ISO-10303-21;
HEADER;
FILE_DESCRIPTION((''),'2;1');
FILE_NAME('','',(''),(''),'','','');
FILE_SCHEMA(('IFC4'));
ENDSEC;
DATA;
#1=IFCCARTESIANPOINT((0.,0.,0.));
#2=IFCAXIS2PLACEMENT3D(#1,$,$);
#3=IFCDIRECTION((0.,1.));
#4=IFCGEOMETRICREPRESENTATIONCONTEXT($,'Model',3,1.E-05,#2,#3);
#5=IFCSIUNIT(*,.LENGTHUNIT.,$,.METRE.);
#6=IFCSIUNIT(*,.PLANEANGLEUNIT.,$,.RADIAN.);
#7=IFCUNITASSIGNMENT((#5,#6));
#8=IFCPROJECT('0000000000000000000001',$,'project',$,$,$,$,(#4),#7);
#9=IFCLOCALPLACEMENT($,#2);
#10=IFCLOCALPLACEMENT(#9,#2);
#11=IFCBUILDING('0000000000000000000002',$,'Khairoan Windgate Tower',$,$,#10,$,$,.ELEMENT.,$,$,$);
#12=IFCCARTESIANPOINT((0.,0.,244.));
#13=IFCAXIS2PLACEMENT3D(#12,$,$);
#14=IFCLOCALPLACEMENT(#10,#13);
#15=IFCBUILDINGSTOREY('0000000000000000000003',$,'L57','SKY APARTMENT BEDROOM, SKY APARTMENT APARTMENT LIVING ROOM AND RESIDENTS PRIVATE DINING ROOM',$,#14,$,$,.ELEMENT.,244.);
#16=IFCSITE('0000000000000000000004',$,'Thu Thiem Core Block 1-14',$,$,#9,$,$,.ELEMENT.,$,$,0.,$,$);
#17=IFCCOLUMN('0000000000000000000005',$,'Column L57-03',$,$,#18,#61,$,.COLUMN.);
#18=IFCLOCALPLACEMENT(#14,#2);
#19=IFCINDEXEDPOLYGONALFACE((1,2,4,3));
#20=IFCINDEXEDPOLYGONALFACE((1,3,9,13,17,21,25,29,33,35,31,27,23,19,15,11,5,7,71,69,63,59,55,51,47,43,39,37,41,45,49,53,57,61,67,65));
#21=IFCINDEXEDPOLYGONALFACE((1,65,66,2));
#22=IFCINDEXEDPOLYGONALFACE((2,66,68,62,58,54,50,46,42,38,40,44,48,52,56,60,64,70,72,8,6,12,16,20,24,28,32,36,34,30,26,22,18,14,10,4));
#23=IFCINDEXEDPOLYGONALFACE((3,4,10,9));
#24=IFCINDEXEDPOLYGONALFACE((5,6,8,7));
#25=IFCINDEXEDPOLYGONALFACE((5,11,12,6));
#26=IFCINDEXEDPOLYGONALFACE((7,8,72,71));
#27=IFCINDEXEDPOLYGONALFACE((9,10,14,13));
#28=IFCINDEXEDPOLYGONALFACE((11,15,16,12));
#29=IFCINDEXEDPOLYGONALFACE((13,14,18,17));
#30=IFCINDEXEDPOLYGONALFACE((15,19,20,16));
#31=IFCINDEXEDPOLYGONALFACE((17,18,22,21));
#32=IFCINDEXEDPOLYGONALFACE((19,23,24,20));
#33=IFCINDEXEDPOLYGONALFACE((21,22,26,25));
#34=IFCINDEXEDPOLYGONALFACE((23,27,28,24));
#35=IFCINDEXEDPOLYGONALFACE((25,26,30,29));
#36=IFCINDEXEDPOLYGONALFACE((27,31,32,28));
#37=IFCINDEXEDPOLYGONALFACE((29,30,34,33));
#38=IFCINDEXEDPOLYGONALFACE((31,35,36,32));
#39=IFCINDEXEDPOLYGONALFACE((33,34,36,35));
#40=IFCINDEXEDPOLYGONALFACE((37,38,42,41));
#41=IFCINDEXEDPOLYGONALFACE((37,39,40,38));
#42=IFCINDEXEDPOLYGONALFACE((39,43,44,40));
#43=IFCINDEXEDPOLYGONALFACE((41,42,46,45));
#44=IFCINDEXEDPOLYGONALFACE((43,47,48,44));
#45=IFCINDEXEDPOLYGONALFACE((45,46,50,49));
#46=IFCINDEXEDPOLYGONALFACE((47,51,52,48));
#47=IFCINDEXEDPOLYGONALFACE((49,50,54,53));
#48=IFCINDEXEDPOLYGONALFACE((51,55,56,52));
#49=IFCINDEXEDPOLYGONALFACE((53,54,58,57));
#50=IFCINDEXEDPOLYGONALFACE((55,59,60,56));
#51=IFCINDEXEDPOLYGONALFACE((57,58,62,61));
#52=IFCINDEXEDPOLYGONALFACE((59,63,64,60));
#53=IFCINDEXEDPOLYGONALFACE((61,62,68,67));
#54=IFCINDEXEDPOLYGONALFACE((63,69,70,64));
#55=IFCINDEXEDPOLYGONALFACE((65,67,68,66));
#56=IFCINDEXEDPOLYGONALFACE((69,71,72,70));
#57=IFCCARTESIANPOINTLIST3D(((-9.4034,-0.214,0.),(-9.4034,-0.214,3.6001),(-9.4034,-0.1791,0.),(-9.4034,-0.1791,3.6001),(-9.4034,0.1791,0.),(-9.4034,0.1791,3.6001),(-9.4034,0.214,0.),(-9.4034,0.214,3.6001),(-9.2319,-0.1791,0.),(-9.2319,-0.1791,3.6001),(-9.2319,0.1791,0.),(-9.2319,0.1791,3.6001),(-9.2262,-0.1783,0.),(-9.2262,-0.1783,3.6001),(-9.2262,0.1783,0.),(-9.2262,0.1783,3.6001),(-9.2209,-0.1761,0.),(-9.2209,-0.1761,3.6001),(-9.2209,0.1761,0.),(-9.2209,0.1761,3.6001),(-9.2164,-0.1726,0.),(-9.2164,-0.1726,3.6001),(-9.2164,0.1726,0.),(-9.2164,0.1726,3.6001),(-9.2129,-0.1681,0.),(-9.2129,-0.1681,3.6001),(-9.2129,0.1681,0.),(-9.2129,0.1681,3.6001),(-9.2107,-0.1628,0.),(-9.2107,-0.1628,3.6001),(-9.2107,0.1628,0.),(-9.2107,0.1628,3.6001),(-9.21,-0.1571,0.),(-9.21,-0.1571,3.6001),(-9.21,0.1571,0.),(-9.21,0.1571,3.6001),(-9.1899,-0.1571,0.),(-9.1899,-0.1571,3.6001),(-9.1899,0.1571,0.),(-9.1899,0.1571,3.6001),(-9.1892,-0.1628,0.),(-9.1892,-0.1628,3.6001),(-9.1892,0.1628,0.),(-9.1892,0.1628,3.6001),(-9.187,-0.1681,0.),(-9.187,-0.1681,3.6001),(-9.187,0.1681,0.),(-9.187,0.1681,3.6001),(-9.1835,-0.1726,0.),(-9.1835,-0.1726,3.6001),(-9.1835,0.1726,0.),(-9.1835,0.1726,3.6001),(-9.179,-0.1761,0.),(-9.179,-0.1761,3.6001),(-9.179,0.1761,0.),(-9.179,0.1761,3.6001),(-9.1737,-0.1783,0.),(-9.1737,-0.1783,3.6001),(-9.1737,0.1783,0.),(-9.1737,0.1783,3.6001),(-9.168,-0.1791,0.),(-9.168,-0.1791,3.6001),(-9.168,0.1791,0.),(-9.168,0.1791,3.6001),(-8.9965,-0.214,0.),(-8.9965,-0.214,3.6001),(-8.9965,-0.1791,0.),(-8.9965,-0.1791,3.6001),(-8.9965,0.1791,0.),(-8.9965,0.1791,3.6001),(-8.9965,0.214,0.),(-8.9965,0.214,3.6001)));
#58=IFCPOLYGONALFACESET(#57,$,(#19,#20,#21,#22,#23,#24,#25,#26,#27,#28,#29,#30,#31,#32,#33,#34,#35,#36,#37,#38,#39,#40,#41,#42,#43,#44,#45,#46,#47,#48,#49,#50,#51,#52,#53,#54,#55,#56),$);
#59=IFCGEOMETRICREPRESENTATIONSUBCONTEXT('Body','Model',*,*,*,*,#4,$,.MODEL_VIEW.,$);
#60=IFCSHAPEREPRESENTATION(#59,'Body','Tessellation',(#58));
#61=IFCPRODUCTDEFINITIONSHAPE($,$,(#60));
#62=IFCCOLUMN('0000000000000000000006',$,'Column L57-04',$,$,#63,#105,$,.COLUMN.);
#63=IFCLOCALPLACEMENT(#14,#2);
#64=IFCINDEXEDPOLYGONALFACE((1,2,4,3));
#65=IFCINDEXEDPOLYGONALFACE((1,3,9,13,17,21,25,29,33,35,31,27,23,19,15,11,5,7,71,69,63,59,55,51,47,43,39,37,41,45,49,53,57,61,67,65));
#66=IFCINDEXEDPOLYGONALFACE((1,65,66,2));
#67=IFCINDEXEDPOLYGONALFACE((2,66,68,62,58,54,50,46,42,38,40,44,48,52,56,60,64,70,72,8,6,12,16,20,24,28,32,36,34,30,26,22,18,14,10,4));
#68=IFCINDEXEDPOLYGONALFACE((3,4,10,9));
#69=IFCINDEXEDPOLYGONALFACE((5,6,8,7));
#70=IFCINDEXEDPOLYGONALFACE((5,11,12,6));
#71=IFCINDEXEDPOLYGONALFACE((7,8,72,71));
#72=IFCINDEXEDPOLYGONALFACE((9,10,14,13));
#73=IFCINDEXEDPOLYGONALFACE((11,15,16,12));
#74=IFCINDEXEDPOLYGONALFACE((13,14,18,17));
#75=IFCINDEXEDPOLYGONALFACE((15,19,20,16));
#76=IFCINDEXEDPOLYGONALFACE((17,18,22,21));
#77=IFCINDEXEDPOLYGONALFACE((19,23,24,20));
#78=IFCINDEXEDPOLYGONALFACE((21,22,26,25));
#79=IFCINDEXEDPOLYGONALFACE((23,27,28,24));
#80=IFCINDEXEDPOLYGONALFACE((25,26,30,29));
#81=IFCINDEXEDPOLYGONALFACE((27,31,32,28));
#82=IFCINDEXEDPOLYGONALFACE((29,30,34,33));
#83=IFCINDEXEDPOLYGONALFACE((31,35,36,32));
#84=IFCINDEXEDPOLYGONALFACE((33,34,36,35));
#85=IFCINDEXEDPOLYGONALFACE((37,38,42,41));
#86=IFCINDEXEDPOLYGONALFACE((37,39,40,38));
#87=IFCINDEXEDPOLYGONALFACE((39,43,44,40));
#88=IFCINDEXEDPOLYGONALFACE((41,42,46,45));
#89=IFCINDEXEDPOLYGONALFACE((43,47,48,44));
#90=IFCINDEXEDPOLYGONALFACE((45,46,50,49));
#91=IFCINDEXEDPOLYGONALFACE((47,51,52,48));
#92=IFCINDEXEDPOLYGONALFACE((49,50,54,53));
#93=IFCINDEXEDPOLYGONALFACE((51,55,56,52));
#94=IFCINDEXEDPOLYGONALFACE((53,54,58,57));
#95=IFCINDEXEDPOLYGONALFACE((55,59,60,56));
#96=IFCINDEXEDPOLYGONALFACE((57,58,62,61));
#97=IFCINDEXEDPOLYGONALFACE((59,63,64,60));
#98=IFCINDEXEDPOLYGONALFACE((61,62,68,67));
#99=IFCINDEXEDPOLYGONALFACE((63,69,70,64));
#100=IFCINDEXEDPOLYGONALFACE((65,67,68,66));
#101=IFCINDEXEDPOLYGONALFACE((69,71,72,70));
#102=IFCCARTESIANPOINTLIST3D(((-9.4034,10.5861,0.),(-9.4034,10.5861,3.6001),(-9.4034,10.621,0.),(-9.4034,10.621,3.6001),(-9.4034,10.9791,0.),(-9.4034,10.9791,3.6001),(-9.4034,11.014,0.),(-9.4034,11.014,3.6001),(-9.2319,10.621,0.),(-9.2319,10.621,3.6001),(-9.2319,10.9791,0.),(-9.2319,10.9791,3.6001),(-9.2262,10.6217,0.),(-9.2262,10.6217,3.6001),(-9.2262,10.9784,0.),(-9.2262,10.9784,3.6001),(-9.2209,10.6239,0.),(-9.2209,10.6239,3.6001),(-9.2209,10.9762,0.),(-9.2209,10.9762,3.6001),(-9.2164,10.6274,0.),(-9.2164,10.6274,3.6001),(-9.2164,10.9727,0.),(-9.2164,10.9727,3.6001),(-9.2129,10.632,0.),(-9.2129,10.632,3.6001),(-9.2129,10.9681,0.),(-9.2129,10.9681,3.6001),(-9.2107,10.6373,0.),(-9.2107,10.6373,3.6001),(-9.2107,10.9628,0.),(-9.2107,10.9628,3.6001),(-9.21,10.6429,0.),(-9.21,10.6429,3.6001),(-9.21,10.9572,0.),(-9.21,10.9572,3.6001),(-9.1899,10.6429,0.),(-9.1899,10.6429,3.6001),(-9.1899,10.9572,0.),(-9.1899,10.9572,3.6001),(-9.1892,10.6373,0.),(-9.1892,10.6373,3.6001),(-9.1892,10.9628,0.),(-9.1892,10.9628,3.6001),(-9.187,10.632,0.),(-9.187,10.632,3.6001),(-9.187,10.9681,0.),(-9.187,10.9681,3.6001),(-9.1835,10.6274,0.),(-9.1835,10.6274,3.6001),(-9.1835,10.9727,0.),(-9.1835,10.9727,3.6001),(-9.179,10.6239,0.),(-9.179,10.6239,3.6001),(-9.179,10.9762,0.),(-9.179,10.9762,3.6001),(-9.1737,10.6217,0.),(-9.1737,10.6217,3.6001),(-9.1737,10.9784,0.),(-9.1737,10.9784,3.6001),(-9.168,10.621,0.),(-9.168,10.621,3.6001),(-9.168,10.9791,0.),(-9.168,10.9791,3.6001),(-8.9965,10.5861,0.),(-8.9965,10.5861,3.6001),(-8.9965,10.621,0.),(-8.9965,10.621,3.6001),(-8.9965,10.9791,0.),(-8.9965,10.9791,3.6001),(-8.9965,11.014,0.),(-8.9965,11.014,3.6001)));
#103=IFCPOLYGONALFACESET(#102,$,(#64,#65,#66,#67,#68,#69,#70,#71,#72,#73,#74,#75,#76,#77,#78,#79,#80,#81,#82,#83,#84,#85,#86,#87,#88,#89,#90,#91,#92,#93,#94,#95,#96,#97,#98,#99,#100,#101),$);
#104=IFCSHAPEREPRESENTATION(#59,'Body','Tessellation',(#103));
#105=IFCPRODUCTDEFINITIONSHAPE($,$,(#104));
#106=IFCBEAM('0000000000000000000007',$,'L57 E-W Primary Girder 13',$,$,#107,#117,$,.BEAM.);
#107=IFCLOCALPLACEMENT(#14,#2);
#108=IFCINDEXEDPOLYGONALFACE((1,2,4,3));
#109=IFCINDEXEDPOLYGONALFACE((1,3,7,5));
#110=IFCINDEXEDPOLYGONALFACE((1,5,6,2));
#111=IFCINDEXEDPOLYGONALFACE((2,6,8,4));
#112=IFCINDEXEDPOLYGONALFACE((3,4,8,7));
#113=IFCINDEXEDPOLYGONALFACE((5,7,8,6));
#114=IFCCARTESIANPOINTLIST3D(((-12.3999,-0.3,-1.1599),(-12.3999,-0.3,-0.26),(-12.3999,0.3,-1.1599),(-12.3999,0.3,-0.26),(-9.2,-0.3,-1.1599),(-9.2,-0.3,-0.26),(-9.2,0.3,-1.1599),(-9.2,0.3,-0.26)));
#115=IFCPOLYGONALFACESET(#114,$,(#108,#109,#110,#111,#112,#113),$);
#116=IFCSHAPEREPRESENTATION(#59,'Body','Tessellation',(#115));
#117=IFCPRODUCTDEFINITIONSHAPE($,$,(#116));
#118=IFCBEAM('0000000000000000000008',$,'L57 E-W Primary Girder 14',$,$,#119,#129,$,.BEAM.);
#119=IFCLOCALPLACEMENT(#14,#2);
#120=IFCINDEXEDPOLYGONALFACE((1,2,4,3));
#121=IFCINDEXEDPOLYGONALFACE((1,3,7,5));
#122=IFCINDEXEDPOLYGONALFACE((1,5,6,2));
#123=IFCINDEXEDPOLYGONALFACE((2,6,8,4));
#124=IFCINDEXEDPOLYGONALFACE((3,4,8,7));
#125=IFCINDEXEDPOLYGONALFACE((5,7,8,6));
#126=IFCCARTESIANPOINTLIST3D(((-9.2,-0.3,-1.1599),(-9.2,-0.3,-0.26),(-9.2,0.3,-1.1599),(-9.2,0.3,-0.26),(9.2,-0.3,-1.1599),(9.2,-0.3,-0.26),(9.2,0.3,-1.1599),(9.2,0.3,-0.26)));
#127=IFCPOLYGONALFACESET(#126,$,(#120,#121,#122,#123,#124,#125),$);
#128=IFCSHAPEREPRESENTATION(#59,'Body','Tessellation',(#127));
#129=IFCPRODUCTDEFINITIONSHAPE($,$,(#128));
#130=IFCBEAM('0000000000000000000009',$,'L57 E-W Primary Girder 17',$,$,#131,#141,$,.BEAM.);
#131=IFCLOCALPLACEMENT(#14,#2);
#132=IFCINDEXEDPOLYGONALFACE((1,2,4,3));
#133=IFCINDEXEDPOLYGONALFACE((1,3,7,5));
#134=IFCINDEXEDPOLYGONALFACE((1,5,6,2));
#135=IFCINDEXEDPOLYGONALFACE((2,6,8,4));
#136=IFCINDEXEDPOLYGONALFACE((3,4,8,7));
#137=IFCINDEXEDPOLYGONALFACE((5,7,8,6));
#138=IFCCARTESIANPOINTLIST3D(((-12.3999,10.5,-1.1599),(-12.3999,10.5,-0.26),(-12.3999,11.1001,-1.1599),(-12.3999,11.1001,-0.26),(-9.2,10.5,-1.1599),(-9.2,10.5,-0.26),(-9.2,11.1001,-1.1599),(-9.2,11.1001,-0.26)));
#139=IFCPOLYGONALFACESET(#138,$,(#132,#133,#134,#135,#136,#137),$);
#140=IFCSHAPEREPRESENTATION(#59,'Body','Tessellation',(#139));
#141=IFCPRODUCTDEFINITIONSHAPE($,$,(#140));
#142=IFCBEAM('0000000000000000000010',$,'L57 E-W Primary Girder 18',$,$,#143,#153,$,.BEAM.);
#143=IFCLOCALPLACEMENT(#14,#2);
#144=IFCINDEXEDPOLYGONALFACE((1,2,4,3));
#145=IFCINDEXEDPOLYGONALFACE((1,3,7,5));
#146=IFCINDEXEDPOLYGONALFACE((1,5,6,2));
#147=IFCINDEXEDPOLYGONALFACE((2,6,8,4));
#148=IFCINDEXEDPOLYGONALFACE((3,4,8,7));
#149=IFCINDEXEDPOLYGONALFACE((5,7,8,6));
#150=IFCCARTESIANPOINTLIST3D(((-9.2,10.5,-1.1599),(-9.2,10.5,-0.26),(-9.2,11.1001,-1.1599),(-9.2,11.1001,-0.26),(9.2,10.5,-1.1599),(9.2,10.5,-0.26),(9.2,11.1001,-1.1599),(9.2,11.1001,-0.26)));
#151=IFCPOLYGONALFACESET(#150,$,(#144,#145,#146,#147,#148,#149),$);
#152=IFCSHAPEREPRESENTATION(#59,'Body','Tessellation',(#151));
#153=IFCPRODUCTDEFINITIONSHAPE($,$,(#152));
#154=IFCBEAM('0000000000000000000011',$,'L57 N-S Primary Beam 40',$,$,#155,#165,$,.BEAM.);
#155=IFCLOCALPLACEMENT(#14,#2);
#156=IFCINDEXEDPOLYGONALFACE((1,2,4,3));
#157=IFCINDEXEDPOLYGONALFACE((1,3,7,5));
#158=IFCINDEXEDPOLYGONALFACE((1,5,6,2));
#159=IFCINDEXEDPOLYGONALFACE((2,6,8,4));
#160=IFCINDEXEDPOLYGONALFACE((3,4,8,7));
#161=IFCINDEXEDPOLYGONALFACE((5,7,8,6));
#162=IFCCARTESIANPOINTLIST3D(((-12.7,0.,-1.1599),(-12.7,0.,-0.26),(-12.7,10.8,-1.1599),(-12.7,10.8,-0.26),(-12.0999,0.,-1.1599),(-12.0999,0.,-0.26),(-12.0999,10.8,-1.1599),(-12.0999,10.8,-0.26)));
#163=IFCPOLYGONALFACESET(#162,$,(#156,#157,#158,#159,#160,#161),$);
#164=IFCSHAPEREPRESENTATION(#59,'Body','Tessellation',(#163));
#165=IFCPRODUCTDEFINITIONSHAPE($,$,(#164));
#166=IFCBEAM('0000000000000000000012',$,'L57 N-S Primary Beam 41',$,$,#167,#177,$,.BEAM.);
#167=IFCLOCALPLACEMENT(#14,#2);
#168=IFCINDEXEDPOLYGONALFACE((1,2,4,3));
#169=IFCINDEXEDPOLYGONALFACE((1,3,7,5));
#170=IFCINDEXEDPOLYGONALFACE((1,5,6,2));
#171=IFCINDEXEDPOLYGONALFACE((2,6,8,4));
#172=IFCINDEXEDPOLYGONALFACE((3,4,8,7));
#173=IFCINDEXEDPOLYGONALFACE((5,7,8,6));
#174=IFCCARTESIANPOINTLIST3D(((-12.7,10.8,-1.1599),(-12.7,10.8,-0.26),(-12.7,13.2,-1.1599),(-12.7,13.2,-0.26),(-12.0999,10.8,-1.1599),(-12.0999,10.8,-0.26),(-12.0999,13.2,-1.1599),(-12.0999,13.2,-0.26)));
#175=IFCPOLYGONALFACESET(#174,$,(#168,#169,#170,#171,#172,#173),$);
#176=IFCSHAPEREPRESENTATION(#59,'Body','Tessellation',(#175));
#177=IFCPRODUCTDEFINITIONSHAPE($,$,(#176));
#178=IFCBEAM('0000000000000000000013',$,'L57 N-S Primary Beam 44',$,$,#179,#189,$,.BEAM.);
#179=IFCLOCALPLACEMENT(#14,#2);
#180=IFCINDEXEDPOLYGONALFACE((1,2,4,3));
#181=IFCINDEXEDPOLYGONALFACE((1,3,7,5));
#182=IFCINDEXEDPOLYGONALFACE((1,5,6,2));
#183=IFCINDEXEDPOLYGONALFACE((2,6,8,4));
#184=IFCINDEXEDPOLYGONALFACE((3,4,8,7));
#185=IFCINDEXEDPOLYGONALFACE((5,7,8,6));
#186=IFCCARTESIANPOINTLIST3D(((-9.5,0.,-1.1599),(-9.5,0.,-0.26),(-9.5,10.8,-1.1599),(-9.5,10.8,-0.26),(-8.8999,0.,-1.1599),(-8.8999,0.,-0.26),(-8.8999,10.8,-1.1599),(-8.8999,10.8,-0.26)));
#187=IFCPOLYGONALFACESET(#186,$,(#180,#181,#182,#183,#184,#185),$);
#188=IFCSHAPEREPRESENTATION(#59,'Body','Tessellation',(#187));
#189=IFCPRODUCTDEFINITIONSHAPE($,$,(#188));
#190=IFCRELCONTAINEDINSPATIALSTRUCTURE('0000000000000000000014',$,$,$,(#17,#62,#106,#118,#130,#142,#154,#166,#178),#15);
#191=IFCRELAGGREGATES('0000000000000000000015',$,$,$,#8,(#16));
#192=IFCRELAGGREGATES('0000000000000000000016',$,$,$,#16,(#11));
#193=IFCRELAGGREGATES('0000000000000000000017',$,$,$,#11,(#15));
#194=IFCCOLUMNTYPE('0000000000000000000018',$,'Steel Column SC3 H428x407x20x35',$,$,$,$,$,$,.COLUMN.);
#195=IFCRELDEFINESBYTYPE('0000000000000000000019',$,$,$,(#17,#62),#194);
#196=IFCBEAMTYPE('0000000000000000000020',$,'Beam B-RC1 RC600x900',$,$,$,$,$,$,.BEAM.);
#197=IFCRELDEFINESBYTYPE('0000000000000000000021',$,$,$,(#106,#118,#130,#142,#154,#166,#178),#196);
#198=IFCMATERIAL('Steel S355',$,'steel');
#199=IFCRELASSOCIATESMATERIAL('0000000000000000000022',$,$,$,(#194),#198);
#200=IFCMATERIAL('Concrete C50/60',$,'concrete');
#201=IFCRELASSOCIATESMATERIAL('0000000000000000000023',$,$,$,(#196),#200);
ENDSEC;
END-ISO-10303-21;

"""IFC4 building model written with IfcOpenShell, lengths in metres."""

from ifc_helpers import new_model, si_unit, direction, frame, origin, origin_2d, place, context, subcontext, project, spatial, rectangle, i_section, extrude, material, material_profile, profile_set, type_object, element, save


model = new_model("IFC4")

# Units and contexts
model_context = context("Model", 3, precision=1e-05, world=origin(), true_north=direction((0.0, 1.0)))
body_context = subcontext(model_context, "Body", "Model", "MODEL_VIEW")
ifc_project = project(units=[si_unit("LENGTHUNIT", "METRE"), si_unit("PLANEANGLEUNIT", "RADIAN")], contexts=[model_context])

# Site, building, storey
site_placement = place(None, origin())
site = spatial("IfcSite", under=ifc_project, at=site_placement, Name="Thu Thiem Core Block 1-14", CompositionType="ELEMENT", RefElevation=0.0)
building_placement = place(site_placement, origin())
building = spatial("IfcBuilding", under=site, at=building_placement, Name="Khairoan Windgate Tower", CompositionType="ELEMENT")
storey_placement = place(building_placement, frame((0.0, 0.0, 244.0)))
storey = spatial("IfcBuildingStorey", under=building, at=storey_placement, Name="L57", Description="SKY APARTMENT BEDROOM, SKY APARTMENT APARTMENT LIVING ROOM AND RESIDENTS PRIVATE DINING ROOM", CompositionType="ELEMENT", Elevation=244.0)

# Columns
ifc_material_1 = material(Name="Steel S355", Category="steel")
ifc_material_profile_1 = material_profile(ifc_material_1, i_section(OverallWidth=0.407, OverallDepth=0.428, WebThickness=0.02, FlangeThickness=0.0349, FilletRadius=0.022, at=origin_2d()))
ifc_profile_set_1 = profile_set([ifc_material_profile_1], Name="Steel S355")
column_type = type_object("IfcColumnType", Name="Steel Column SC3 H428x407x20x35", PredefinedType="COLUMN", material=ifc_profile_set_1)
for number, where, z_axis, x_axis, name in (
    (1, (-9.2, 0.0, 0.0), (0.0, 0.0, 1.0), (1.0, 0.0, 0.0), "Column L57-03"),
    (2, (-9.2, 10.8, 0.0), (0.0, 0.0, 1.0), (1.0, 0.0, 0.0), "Column L57-04"),
):
    element("IfcColumn", number, at=place(storey_placement, frame(where, z_axis=z_axis, x_axis=x_axis)), inside=storey, type_object=column_type, Name=name, PredefinedType="COLUMN", context=body_context, shape_type="SweptSolid", body=[
        extrude(i_section(OverallWidth=0.407, OverallDepth=0.428, WebThickness=0.02, FlangeThickness=0.0349, FilletRadius=0.022, at=origin_2d()), origin(), (0.0, 0.0, 1.0), 3.6001),
    ])

# Beams
ifc_material_2 = material(Name="Concrete C50/60", Category="concrete")
ifc_material_profile_2 = material_profile(ifc_material_2, rectangle(XDim=0.6001, YDim=0.8999, at=origin_2d()))
ifc_profile_set_2 = profile_set([ifc_material_profile_2], Name="Concrete C50/60")
beam_type = type_object("IfcBeamType", Name="Beam B-RC1 RC600x900", PredefinedType="BEAM", material=ifc_profile_set_2)
beam_1_placement = place(storey_placement, frame((-12.3999, 0.0, -0.71), z_axis=(1.0, 0.0, 0.0), x_axis=(0.0, 1.0, 0.0)))
element("IfcBeam", 3, at=beam_1_placement, inside=storey, type_object=beam_type, Name="L57 E-W Primary Girder 13", PredefinedType="BEAM", context=body_context, shape_type="SweptSolid", body=[
    extrude(rectangle(XDim=0.6001, YDim=0.8999, at=origin_2d()), origin(), (0.0, 0.0, 1.0), 3.2),
])
beam_2_placement = place(storey_placement, frame((-9.2, 0.0, -0.71), z_axis=(1.0, 0.0, 0.0), x_axis=(0.0, 1.0, 0.0)))
element("IfcBeam", 4, at=beam_2_placement, inside=storey, type_object=beam_type, Name="L57 E-W Primary Girder 14", PredefinedType="BEAM", context=body_context, shape_type="SweptSolid", body=[
    extrude(rectangle(XDim=0.6001, YDim=0.8999, at=origin_2d()), origin(), (0.0, 0.0, 1.0), 18.3999),
])
beam_3_placement = place(storey_placement, frame((-12.3999, 10.8, -0.71), z_axis=(1.0, 0.0, 0.0), x_axis=(0.0, 1.0, 0.0)))
element("IfcBeam", 5, at=beam_3_placement, inside=storey, type_object=beam_type, Name="L57 E-W Primary Girder 17", PredefinedType="BEAM", context=body_context, shape_type="SweptSolid", body=[
    extrude(rectangle(XDim=0.6001, YDim=0.8999, at=origin_2d()), origin(), (0.0, 0.0, 1.0), 3.2),
])
beam_4_placement = place(storey_placement, frame((-9.2, 10.8, -0.71), z_axis=(1.0, 0.0, 0.0), x_axis=(0.0, 1.0, 0.0)))
element("IfcBeam", 6, at=beam_4_placement, inside=storey, type_object=beam_type, Name="L57 E-W Primary Girder 18", PredefinedType="BEAM", context=body_context, shape_type="SweptSolid", body=[
    extrude(rectangle(XDim=0.6001, YDim=0.8999, at=origin_2d()), origin(), (0.0, 0.0, 1.0), 18.3999),
])
beam_5_placement = place(storey_placement, frame((-12.3999, 0.0, -0.71), z_axis=(0.0, 1.0, 0.0), x_axis=(-1.0, 0.0, 0.0)))
element("IfcBeam", 7, at=beam_5_placement, inside=storey, type_object=beam_type, Name="L57 N-S Primary Beam 40", PredefinedType="BEAM", context=body_context, shape_type="SweptSolid", body=[
    extrude(rectangle(XDim=0.6001, YDim=0.8999, at=origin_2d()), origin(), (0.0, 0.0, 1.0), 10.8),
])
beam_6_placement = place(storey_placement, frame((-12.3999, 10.8, -0.71), z_axis=(0.0, 1.0, 0.0), x_axis=(-1.0, 0.0, 0.0)))
element("IfcBeam", 8, at=beam_6_placement, inside=storey, type_object=beam_type, Name="L57 N-S Primary Beam 41", PredefinedType="BEAM", context=body_context, shape_type="SweptSolid", body=[
    extrude(rectangle(XDim=0.6001, YDim=0.8999, at=origin_2d()), origin(), (0.0, 0.0, 1.0), 2.3999),
])
beam_7_placement = place(storey_placement, frame((-9.2, 0.0, -0.71), z_axis=(0.0, 1.0, 0.0), x_axis=(-1.0, 0.0, 0.0)))
element("IfcBeam", 9, at=beam_7_placement, inside=storey, type_object=beam_type, Name="L57 N-S Primary Beam 44", PredefinedType="BEAM", context=body_context, shape_type="SweptSolid", body=[
    extrude(rectangle(XDim=0.6001, YDim=0.8999, at=origin_2d()), origin(), (0.0, 0.0, 1.0), 10.8),
])

save(model, "model.ifc")
